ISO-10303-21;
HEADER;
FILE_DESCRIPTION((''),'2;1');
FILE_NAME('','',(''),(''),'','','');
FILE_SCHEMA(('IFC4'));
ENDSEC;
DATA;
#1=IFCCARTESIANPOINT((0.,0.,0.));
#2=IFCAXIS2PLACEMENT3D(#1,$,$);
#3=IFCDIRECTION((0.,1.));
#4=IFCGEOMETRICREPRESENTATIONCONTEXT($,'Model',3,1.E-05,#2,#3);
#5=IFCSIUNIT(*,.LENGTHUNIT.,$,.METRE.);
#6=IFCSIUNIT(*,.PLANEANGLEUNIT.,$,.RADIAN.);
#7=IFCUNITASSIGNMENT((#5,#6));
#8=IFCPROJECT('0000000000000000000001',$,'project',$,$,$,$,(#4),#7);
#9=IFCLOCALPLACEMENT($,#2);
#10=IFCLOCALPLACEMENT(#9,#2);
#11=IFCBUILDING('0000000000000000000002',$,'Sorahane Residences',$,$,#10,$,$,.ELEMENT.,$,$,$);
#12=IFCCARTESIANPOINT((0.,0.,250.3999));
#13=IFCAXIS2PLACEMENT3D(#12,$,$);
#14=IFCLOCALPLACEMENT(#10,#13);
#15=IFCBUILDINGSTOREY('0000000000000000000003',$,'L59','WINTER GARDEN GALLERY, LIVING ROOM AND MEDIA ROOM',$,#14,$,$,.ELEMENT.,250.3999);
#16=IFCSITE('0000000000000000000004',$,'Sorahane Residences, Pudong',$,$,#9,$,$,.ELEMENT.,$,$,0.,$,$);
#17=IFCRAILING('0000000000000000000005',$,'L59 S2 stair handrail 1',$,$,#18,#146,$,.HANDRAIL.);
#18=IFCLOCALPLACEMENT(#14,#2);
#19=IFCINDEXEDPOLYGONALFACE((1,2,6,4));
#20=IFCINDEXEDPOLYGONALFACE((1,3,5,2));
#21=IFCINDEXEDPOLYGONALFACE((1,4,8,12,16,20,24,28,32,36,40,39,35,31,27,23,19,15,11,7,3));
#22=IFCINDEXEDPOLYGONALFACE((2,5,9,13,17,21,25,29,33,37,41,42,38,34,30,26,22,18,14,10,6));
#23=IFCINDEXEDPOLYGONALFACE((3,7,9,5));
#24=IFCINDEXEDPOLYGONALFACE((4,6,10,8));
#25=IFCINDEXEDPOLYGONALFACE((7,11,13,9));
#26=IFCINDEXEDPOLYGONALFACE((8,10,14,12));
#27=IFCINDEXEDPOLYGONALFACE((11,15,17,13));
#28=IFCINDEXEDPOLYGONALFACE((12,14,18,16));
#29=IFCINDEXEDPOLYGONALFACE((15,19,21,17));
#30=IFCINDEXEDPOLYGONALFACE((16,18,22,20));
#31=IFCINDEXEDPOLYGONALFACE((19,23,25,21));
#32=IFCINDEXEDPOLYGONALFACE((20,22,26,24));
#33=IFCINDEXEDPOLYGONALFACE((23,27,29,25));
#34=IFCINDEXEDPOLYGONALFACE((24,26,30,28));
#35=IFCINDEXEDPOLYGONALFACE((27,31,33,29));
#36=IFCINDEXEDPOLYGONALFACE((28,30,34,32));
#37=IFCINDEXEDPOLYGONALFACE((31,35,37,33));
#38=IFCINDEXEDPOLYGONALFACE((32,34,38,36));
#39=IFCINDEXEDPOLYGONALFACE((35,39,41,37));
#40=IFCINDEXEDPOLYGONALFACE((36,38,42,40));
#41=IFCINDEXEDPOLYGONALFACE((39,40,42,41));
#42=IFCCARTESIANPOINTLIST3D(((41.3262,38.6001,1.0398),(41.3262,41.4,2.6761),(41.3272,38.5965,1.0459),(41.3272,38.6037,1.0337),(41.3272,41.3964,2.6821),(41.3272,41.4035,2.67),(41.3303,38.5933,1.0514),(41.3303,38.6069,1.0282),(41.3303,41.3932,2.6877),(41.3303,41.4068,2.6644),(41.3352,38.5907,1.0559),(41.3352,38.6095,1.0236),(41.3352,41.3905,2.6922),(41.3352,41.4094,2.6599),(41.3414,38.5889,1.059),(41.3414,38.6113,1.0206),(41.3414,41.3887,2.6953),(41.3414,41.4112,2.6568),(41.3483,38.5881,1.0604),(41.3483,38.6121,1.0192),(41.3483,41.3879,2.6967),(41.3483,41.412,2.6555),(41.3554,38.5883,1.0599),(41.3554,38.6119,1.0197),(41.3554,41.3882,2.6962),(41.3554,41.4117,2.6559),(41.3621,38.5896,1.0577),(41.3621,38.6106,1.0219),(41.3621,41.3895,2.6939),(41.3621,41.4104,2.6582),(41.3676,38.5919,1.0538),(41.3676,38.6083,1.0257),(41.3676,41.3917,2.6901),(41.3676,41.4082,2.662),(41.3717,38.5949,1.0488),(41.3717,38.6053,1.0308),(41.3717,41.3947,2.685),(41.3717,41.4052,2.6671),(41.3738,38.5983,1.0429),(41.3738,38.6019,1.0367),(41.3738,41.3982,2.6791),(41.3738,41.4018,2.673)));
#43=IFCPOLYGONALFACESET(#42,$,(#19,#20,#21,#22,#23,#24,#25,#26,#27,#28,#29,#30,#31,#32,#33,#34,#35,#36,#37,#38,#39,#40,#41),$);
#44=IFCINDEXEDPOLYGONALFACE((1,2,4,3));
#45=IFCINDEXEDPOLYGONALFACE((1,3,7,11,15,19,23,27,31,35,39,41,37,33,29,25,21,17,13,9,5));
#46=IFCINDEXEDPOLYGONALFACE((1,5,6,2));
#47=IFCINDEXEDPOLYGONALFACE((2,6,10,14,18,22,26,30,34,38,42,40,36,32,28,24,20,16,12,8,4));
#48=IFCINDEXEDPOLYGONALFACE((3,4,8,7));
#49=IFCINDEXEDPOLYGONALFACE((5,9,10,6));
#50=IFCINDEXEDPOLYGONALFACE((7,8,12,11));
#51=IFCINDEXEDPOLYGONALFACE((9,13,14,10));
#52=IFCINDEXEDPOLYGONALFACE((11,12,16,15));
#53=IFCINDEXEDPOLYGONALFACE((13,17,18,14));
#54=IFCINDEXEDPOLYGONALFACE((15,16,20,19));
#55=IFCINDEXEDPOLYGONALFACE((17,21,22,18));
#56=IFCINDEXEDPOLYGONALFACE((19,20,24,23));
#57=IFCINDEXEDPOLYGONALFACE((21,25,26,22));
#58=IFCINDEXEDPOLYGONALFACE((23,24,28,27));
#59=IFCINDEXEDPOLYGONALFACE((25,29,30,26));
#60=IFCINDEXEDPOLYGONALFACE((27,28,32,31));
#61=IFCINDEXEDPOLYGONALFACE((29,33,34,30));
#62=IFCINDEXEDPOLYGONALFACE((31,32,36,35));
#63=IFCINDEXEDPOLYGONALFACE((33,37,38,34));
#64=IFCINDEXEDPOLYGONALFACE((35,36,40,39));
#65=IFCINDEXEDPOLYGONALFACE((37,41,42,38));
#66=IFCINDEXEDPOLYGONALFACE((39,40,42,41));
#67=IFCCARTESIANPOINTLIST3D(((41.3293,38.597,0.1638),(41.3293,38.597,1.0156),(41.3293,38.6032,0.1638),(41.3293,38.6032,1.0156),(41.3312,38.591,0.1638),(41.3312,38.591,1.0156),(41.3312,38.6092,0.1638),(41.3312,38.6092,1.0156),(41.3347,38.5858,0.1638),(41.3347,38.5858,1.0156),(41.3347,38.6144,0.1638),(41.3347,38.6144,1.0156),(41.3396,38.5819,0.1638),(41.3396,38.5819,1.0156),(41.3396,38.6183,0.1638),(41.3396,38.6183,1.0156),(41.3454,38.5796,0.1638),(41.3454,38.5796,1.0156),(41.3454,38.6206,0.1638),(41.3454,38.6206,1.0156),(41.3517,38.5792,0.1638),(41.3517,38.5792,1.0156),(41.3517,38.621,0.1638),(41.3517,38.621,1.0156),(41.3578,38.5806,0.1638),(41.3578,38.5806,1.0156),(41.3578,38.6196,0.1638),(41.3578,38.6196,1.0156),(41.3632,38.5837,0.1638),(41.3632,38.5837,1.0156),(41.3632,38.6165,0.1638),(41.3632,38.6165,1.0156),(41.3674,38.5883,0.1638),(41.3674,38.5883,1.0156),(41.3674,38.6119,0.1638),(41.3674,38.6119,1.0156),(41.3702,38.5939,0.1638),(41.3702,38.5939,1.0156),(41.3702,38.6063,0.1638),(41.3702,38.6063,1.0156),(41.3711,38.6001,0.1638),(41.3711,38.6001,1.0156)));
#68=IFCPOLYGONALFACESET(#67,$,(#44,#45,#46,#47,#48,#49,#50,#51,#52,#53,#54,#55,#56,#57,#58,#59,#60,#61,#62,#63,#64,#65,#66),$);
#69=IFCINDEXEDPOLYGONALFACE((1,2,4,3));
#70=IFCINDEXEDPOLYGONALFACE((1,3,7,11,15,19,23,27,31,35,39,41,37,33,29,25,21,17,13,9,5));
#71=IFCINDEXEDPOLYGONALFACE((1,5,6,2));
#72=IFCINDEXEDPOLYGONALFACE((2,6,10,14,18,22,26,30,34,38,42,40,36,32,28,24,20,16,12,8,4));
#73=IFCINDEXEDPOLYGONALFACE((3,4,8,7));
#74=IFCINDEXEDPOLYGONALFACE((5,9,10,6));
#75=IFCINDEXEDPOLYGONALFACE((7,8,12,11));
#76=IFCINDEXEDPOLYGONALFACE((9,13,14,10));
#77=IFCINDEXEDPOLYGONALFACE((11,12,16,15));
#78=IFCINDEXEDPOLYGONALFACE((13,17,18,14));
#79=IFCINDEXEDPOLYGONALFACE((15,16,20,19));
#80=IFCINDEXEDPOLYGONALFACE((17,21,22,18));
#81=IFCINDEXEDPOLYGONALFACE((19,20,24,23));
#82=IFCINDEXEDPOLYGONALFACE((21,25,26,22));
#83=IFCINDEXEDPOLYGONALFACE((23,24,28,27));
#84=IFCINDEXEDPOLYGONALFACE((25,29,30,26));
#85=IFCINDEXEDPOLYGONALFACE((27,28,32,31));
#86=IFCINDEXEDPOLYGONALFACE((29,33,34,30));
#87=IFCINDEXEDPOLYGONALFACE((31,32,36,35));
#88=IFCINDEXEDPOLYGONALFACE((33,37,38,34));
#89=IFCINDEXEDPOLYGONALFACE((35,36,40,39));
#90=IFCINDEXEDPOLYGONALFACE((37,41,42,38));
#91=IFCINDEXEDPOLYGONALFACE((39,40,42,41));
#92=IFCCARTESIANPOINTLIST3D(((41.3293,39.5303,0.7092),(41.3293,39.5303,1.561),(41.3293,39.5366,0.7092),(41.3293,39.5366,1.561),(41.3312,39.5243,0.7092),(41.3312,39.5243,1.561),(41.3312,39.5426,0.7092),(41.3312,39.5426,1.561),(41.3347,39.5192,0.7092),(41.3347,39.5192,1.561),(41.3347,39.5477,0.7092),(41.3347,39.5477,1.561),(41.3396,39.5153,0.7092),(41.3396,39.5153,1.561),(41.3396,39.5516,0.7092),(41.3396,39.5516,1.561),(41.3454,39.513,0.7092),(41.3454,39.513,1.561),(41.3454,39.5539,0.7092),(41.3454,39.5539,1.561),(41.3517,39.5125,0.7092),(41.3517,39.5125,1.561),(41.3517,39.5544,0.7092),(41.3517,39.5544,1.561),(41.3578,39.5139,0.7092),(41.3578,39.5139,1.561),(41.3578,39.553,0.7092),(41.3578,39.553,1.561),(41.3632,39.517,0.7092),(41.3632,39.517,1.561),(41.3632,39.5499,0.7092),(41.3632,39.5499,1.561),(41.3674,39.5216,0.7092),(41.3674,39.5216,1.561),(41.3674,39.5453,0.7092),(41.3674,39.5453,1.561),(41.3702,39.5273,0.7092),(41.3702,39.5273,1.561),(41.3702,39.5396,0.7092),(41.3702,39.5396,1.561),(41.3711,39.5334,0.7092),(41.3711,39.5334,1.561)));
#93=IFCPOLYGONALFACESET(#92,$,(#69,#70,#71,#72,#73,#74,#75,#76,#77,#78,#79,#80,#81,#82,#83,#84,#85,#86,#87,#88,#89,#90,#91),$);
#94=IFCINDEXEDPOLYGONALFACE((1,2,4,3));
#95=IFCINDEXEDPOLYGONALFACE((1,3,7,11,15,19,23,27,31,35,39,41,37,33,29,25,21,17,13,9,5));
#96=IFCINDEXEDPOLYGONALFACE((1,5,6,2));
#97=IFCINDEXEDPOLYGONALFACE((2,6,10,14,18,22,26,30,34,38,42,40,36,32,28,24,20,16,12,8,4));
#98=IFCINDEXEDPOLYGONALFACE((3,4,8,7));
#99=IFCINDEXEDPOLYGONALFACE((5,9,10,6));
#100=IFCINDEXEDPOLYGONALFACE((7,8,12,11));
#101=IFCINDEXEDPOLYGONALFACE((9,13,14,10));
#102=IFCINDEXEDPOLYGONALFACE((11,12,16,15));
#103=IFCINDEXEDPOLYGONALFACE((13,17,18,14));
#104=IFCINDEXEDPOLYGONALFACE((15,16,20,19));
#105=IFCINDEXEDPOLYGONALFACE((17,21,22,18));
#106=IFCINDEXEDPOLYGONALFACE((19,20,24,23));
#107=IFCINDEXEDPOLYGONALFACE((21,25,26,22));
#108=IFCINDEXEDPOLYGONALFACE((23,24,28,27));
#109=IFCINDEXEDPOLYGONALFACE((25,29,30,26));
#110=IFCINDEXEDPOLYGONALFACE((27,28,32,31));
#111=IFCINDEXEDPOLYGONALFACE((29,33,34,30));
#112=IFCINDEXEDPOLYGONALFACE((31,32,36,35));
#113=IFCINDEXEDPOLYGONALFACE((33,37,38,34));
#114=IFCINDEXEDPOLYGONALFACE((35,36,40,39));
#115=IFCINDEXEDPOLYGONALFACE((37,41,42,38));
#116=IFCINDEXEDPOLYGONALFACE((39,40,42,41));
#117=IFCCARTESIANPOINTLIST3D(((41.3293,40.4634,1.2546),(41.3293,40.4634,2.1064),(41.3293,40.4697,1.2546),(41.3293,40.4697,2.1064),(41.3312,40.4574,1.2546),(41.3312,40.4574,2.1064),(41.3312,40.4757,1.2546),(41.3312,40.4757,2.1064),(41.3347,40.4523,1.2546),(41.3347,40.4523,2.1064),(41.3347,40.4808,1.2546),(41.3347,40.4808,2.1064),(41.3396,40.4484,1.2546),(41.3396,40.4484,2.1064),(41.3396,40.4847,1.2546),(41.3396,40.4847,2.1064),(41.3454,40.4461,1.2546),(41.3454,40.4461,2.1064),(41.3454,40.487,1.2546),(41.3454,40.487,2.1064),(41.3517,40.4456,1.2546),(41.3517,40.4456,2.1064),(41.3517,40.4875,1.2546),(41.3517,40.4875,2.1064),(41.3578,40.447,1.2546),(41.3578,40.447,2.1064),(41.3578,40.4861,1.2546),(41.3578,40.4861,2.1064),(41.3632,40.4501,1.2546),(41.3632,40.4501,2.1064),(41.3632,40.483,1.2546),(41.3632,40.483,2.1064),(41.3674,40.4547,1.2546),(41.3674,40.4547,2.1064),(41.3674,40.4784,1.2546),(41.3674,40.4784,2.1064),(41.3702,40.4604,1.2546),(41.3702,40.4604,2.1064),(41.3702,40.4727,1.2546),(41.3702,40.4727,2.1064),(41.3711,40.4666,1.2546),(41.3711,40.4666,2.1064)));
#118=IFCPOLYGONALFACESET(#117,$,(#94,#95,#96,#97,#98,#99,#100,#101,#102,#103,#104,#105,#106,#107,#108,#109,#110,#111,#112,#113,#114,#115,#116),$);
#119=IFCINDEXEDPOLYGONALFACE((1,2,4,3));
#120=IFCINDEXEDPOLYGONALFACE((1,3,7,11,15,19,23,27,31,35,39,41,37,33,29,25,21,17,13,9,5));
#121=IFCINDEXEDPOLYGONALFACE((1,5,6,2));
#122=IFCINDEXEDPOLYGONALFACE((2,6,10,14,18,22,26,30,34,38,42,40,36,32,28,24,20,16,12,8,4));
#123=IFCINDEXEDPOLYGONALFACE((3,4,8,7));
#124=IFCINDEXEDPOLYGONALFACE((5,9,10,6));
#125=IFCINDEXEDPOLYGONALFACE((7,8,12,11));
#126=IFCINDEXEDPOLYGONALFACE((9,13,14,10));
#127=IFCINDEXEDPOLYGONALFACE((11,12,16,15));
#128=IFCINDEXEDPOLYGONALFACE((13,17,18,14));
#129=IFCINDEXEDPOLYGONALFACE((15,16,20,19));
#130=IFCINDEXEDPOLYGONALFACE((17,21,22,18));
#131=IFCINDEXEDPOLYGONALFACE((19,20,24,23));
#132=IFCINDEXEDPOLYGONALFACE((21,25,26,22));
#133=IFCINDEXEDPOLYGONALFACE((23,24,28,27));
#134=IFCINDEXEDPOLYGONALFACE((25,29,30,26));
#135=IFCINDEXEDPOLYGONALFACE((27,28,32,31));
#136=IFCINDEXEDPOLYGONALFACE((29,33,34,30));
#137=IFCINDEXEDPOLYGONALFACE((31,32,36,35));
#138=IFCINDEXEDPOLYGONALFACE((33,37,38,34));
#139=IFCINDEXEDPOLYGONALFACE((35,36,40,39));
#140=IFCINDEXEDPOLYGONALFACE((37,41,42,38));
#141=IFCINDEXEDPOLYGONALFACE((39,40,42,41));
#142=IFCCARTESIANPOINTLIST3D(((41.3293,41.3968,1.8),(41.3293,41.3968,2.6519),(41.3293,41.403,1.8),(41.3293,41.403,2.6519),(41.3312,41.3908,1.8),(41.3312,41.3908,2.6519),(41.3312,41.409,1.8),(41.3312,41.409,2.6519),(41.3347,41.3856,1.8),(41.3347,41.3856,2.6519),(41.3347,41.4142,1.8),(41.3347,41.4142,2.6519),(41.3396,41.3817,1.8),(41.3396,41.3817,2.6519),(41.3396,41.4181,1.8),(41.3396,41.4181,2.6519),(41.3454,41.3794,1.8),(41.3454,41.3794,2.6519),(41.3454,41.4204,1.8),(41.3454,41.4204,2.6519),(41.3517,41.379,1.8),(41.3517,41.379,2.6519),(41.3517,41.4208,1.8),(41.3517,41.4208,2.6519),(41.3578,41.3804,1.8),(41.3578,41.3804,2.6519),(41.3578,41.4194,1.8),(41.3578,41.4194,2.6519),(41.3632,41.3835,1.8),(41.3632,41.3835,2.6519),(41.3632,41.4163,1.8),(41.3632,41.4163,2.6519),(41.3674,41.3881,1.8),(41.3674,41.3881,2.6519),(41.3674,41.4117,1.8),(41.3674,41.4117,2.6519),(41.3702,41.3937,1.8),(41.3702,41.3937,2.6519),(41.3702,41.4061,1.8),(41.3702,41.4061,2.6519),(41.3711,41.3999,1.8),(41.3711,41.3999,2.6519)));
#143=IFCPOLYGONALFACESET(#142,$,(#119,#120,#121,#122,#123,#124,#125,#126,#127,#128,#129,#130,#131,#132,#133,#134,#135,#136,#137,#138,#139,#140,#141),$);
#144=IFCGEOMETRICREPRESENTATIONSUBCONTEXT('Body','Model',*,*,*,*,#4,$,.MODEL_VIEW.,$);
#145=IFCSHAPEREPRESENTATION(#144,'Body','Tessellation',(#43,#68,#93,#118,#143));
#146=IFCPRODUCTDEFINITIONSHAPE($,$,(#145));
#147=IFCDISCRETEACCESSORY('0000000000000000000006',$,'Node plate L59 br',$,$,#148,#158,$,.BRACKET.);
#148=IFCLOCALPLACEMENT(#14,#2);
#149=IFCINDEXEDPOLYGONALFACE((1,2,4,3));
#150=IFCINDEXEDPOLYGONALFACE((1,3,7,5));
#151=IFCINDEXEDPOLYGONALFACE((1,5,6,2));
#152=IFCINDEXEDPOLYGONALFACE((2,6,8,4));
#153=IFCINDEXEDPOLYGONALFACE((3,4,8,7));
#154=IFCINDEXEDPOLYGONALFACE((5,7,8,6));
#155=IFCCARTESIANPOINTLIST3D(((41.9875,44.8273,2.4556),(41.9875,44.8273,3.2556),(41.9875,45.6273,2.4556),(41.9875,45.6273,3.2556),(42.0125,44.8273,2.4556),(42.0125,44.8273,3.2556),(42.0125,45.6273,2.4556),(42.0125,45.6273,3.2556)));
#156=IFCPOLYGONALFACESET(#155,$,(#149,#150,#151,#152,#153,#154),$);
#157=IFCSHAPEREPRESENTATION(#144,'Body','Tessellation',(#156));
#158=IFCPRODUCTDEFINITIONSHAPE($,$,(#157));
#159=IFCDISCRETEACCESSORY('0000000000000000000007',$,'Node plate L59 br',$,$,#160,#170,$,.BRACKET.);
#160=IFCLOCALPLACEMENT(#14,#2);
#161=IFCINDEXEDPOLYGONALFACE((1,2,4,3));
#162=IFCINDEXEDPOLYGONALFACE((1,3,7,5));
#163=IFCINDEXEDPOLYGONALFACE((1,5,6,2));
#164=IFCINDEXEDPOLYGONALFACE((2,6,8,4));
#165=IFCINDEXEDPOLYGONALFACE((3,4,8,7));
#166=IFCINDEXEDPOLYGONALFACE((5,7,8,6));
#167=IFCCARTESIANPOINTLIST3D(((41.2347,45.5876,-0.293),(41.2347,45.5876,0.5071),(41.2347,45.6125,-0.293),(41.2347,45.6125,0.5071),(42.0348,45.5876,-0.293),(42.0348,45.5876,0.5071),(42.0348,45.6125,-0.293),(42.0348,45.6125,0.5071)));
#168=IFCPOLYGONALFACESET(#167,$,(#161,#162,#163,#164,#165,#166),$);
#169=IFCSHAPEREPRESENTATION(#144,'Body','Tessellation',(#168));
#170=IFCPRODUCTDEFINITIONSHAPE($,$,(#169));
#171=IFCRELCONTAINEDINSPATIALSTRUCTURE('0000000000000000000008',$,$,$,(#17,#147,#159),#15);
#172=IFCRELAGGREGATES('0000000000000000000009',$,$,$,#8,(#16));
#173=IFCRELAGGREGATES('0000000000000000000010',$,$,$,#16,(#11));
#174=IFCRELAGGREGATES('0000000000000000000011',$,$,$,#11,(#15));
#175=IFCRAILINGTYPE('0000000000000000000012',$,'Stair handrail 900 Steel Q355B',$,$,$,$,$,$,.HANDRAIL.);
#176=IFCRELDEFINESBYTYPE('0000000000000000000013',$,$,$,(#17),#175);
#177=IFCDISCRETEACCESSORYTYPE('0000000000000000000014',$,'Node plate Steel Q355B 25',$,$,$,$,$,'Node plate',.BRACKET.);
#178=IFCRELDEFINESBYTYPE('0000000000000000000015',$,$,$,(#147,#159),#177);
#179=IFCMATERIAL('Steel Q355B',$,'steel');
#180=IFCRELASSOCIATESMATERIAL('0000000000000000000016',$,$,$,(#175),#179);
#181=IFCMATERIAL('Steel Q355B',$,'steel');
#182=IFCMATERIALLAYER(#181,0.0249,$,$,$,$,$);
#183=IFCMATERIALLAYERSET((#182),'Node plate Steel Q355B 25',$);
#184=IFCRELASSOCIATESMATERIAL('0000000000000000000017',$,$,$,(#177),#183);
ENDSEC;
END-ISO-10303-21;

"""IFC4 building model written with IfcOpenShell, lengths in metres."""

from ifc_helpers import new_model, si_unit, direction, frame, origin, origin_2d, place, context, subcontext, project, spatial, rectangle, circle, extrude, material, layer, layer_set, type_object, element, save


model = new_model("IFC4")

# Units and contexts
model_context = context("Model", 3, precision=1e-05, world=origin(), true_north=direction((0.0, 1.0)))
body_context = subcontext(model_context, "Body", "Model", "MODEL_VIEW")
ifc_project = project(units=[si_unit("LENGTHUNIT", "METRE"), si_unit("PLANEANGLEUNIT", "RADIAN")], contexts=[model_context])

# Site, building, storey
site_placement = place(None, origin())
site = spatial("IfcSite", under=ifc_project, at=site_placement, Name="Sorahane Residences, Pudong", CompositionType="ELEMENT", RefElevation=0.0)
building_placement = place(site_placement, origin())
building = spatial("IfcBuilding", under=site, at=building_placement, Name="Sorahane Residences", CompositionType="ELEMENT")
storey_placement = place(building_placement, frame((0.0, 0.0, 250.3999)))
storey = spatial("IfcBuildingStorey", under=building, at=storey_placement, Name="L59", Description="WINTER GARDEN GALLERY, LIVING ROOM AND MEDIA ROOM", CompositionType="ELEMENT", Elevation=250.3999)

# Railing
ifc_material_1 = material(Name="Steel Q355B", Category="steel")
railing_type = type_object("IfcRailingType", Name="Stair handrail 900 Steel Q355B", PredefinedType="HANDRAIL", material=ifc_material_1)
railing_placement = place(storey_placement, frame((41.3501, 38.6001, 0.1638)))
element("IfcRailing", 1, at=railing_placement, inside=storey, type_object=railing_type, Name="L59 S2 stair handrail 1", PredefinedType="HANDRAIL", context=body_context, shape_type="SweptSolid", body=[
    extrude(circle(Radius=0.0239, at=origin_2d()), frame((0.0, 0.0, 0.876), z_axis=(0.0, 0.863374, 0.504564), x_axis=(-1.0, 0.0, 0.0)), (0.0, 0.0, 1.0), 3.2429),
    extrude(circle(Radius=0.021, at=origin_2d()), origin(), (0.0, 0.0, 1.0), 0.8518),
    extrude(circle(Radius=0.021, at=origin_2d()), frame((0.0, 0.9333, 0.5454)), (0.0, 0.0, 1.0), 0.8518),
    extrude(circle(Radius=0.021, at=origin_2d()), frame((0.0, 1.8665, 1.0908)), (0.0, 0.0, 1.0), 0.8518),
    extrude(circle(Radius=0.021, at=origin_2d()), frame((0.0, 2.7998, 1.6362)), (0.0, 0.0, 1.0), 0.8518),
])

# Discrete accessories
ifc_material_2 = material(Name="Steel Q355B", Category="steel")
ifc_layer_1 = layer(ifc_material_2, 0.0249)
ifc_layer_set_1 = layer_set([ifc_layer_1], Name="Node plate Steel Q355B 25")
discrete_accessory_type = type_object("IfcDiscreteAccessoryType", Name="Node plate Steel Q355B 25", ElementType="Node plate", PredefinedType="BRACKET", material=ifc_layer_set_1)
for number, where, z_axis, x_axis, name in (
    (2, (42.0, 45.2273, 2.4556), (0.0, 0.0, 1.0), (0.0, 1.0, 0.0), "Node plate L59 br"),
    (3, (41.6348, 45.6001, -0.293), (0.0, 0.0, 1.0), (1.0, 0.0, 0.0), "Node plate L59 br"),
):
    element("IfcDiscreteAccessory", number, at=place(storey_placement, frame(where, z_axis=z_axis, x_axis=x_axis)), inside=storey, type_object=discrete_accessory_type, Name=name, PredefinedType="BRACKET", context=body_context, shape_type="SweptSolid", body=[
        extrude(rectangle(XDim=0.8, YDim=0.0249, at=origin_2d()), origin(), (0.0, 0.0, 1.0), 0.8),
    ])

save(model, "model.ifc")
